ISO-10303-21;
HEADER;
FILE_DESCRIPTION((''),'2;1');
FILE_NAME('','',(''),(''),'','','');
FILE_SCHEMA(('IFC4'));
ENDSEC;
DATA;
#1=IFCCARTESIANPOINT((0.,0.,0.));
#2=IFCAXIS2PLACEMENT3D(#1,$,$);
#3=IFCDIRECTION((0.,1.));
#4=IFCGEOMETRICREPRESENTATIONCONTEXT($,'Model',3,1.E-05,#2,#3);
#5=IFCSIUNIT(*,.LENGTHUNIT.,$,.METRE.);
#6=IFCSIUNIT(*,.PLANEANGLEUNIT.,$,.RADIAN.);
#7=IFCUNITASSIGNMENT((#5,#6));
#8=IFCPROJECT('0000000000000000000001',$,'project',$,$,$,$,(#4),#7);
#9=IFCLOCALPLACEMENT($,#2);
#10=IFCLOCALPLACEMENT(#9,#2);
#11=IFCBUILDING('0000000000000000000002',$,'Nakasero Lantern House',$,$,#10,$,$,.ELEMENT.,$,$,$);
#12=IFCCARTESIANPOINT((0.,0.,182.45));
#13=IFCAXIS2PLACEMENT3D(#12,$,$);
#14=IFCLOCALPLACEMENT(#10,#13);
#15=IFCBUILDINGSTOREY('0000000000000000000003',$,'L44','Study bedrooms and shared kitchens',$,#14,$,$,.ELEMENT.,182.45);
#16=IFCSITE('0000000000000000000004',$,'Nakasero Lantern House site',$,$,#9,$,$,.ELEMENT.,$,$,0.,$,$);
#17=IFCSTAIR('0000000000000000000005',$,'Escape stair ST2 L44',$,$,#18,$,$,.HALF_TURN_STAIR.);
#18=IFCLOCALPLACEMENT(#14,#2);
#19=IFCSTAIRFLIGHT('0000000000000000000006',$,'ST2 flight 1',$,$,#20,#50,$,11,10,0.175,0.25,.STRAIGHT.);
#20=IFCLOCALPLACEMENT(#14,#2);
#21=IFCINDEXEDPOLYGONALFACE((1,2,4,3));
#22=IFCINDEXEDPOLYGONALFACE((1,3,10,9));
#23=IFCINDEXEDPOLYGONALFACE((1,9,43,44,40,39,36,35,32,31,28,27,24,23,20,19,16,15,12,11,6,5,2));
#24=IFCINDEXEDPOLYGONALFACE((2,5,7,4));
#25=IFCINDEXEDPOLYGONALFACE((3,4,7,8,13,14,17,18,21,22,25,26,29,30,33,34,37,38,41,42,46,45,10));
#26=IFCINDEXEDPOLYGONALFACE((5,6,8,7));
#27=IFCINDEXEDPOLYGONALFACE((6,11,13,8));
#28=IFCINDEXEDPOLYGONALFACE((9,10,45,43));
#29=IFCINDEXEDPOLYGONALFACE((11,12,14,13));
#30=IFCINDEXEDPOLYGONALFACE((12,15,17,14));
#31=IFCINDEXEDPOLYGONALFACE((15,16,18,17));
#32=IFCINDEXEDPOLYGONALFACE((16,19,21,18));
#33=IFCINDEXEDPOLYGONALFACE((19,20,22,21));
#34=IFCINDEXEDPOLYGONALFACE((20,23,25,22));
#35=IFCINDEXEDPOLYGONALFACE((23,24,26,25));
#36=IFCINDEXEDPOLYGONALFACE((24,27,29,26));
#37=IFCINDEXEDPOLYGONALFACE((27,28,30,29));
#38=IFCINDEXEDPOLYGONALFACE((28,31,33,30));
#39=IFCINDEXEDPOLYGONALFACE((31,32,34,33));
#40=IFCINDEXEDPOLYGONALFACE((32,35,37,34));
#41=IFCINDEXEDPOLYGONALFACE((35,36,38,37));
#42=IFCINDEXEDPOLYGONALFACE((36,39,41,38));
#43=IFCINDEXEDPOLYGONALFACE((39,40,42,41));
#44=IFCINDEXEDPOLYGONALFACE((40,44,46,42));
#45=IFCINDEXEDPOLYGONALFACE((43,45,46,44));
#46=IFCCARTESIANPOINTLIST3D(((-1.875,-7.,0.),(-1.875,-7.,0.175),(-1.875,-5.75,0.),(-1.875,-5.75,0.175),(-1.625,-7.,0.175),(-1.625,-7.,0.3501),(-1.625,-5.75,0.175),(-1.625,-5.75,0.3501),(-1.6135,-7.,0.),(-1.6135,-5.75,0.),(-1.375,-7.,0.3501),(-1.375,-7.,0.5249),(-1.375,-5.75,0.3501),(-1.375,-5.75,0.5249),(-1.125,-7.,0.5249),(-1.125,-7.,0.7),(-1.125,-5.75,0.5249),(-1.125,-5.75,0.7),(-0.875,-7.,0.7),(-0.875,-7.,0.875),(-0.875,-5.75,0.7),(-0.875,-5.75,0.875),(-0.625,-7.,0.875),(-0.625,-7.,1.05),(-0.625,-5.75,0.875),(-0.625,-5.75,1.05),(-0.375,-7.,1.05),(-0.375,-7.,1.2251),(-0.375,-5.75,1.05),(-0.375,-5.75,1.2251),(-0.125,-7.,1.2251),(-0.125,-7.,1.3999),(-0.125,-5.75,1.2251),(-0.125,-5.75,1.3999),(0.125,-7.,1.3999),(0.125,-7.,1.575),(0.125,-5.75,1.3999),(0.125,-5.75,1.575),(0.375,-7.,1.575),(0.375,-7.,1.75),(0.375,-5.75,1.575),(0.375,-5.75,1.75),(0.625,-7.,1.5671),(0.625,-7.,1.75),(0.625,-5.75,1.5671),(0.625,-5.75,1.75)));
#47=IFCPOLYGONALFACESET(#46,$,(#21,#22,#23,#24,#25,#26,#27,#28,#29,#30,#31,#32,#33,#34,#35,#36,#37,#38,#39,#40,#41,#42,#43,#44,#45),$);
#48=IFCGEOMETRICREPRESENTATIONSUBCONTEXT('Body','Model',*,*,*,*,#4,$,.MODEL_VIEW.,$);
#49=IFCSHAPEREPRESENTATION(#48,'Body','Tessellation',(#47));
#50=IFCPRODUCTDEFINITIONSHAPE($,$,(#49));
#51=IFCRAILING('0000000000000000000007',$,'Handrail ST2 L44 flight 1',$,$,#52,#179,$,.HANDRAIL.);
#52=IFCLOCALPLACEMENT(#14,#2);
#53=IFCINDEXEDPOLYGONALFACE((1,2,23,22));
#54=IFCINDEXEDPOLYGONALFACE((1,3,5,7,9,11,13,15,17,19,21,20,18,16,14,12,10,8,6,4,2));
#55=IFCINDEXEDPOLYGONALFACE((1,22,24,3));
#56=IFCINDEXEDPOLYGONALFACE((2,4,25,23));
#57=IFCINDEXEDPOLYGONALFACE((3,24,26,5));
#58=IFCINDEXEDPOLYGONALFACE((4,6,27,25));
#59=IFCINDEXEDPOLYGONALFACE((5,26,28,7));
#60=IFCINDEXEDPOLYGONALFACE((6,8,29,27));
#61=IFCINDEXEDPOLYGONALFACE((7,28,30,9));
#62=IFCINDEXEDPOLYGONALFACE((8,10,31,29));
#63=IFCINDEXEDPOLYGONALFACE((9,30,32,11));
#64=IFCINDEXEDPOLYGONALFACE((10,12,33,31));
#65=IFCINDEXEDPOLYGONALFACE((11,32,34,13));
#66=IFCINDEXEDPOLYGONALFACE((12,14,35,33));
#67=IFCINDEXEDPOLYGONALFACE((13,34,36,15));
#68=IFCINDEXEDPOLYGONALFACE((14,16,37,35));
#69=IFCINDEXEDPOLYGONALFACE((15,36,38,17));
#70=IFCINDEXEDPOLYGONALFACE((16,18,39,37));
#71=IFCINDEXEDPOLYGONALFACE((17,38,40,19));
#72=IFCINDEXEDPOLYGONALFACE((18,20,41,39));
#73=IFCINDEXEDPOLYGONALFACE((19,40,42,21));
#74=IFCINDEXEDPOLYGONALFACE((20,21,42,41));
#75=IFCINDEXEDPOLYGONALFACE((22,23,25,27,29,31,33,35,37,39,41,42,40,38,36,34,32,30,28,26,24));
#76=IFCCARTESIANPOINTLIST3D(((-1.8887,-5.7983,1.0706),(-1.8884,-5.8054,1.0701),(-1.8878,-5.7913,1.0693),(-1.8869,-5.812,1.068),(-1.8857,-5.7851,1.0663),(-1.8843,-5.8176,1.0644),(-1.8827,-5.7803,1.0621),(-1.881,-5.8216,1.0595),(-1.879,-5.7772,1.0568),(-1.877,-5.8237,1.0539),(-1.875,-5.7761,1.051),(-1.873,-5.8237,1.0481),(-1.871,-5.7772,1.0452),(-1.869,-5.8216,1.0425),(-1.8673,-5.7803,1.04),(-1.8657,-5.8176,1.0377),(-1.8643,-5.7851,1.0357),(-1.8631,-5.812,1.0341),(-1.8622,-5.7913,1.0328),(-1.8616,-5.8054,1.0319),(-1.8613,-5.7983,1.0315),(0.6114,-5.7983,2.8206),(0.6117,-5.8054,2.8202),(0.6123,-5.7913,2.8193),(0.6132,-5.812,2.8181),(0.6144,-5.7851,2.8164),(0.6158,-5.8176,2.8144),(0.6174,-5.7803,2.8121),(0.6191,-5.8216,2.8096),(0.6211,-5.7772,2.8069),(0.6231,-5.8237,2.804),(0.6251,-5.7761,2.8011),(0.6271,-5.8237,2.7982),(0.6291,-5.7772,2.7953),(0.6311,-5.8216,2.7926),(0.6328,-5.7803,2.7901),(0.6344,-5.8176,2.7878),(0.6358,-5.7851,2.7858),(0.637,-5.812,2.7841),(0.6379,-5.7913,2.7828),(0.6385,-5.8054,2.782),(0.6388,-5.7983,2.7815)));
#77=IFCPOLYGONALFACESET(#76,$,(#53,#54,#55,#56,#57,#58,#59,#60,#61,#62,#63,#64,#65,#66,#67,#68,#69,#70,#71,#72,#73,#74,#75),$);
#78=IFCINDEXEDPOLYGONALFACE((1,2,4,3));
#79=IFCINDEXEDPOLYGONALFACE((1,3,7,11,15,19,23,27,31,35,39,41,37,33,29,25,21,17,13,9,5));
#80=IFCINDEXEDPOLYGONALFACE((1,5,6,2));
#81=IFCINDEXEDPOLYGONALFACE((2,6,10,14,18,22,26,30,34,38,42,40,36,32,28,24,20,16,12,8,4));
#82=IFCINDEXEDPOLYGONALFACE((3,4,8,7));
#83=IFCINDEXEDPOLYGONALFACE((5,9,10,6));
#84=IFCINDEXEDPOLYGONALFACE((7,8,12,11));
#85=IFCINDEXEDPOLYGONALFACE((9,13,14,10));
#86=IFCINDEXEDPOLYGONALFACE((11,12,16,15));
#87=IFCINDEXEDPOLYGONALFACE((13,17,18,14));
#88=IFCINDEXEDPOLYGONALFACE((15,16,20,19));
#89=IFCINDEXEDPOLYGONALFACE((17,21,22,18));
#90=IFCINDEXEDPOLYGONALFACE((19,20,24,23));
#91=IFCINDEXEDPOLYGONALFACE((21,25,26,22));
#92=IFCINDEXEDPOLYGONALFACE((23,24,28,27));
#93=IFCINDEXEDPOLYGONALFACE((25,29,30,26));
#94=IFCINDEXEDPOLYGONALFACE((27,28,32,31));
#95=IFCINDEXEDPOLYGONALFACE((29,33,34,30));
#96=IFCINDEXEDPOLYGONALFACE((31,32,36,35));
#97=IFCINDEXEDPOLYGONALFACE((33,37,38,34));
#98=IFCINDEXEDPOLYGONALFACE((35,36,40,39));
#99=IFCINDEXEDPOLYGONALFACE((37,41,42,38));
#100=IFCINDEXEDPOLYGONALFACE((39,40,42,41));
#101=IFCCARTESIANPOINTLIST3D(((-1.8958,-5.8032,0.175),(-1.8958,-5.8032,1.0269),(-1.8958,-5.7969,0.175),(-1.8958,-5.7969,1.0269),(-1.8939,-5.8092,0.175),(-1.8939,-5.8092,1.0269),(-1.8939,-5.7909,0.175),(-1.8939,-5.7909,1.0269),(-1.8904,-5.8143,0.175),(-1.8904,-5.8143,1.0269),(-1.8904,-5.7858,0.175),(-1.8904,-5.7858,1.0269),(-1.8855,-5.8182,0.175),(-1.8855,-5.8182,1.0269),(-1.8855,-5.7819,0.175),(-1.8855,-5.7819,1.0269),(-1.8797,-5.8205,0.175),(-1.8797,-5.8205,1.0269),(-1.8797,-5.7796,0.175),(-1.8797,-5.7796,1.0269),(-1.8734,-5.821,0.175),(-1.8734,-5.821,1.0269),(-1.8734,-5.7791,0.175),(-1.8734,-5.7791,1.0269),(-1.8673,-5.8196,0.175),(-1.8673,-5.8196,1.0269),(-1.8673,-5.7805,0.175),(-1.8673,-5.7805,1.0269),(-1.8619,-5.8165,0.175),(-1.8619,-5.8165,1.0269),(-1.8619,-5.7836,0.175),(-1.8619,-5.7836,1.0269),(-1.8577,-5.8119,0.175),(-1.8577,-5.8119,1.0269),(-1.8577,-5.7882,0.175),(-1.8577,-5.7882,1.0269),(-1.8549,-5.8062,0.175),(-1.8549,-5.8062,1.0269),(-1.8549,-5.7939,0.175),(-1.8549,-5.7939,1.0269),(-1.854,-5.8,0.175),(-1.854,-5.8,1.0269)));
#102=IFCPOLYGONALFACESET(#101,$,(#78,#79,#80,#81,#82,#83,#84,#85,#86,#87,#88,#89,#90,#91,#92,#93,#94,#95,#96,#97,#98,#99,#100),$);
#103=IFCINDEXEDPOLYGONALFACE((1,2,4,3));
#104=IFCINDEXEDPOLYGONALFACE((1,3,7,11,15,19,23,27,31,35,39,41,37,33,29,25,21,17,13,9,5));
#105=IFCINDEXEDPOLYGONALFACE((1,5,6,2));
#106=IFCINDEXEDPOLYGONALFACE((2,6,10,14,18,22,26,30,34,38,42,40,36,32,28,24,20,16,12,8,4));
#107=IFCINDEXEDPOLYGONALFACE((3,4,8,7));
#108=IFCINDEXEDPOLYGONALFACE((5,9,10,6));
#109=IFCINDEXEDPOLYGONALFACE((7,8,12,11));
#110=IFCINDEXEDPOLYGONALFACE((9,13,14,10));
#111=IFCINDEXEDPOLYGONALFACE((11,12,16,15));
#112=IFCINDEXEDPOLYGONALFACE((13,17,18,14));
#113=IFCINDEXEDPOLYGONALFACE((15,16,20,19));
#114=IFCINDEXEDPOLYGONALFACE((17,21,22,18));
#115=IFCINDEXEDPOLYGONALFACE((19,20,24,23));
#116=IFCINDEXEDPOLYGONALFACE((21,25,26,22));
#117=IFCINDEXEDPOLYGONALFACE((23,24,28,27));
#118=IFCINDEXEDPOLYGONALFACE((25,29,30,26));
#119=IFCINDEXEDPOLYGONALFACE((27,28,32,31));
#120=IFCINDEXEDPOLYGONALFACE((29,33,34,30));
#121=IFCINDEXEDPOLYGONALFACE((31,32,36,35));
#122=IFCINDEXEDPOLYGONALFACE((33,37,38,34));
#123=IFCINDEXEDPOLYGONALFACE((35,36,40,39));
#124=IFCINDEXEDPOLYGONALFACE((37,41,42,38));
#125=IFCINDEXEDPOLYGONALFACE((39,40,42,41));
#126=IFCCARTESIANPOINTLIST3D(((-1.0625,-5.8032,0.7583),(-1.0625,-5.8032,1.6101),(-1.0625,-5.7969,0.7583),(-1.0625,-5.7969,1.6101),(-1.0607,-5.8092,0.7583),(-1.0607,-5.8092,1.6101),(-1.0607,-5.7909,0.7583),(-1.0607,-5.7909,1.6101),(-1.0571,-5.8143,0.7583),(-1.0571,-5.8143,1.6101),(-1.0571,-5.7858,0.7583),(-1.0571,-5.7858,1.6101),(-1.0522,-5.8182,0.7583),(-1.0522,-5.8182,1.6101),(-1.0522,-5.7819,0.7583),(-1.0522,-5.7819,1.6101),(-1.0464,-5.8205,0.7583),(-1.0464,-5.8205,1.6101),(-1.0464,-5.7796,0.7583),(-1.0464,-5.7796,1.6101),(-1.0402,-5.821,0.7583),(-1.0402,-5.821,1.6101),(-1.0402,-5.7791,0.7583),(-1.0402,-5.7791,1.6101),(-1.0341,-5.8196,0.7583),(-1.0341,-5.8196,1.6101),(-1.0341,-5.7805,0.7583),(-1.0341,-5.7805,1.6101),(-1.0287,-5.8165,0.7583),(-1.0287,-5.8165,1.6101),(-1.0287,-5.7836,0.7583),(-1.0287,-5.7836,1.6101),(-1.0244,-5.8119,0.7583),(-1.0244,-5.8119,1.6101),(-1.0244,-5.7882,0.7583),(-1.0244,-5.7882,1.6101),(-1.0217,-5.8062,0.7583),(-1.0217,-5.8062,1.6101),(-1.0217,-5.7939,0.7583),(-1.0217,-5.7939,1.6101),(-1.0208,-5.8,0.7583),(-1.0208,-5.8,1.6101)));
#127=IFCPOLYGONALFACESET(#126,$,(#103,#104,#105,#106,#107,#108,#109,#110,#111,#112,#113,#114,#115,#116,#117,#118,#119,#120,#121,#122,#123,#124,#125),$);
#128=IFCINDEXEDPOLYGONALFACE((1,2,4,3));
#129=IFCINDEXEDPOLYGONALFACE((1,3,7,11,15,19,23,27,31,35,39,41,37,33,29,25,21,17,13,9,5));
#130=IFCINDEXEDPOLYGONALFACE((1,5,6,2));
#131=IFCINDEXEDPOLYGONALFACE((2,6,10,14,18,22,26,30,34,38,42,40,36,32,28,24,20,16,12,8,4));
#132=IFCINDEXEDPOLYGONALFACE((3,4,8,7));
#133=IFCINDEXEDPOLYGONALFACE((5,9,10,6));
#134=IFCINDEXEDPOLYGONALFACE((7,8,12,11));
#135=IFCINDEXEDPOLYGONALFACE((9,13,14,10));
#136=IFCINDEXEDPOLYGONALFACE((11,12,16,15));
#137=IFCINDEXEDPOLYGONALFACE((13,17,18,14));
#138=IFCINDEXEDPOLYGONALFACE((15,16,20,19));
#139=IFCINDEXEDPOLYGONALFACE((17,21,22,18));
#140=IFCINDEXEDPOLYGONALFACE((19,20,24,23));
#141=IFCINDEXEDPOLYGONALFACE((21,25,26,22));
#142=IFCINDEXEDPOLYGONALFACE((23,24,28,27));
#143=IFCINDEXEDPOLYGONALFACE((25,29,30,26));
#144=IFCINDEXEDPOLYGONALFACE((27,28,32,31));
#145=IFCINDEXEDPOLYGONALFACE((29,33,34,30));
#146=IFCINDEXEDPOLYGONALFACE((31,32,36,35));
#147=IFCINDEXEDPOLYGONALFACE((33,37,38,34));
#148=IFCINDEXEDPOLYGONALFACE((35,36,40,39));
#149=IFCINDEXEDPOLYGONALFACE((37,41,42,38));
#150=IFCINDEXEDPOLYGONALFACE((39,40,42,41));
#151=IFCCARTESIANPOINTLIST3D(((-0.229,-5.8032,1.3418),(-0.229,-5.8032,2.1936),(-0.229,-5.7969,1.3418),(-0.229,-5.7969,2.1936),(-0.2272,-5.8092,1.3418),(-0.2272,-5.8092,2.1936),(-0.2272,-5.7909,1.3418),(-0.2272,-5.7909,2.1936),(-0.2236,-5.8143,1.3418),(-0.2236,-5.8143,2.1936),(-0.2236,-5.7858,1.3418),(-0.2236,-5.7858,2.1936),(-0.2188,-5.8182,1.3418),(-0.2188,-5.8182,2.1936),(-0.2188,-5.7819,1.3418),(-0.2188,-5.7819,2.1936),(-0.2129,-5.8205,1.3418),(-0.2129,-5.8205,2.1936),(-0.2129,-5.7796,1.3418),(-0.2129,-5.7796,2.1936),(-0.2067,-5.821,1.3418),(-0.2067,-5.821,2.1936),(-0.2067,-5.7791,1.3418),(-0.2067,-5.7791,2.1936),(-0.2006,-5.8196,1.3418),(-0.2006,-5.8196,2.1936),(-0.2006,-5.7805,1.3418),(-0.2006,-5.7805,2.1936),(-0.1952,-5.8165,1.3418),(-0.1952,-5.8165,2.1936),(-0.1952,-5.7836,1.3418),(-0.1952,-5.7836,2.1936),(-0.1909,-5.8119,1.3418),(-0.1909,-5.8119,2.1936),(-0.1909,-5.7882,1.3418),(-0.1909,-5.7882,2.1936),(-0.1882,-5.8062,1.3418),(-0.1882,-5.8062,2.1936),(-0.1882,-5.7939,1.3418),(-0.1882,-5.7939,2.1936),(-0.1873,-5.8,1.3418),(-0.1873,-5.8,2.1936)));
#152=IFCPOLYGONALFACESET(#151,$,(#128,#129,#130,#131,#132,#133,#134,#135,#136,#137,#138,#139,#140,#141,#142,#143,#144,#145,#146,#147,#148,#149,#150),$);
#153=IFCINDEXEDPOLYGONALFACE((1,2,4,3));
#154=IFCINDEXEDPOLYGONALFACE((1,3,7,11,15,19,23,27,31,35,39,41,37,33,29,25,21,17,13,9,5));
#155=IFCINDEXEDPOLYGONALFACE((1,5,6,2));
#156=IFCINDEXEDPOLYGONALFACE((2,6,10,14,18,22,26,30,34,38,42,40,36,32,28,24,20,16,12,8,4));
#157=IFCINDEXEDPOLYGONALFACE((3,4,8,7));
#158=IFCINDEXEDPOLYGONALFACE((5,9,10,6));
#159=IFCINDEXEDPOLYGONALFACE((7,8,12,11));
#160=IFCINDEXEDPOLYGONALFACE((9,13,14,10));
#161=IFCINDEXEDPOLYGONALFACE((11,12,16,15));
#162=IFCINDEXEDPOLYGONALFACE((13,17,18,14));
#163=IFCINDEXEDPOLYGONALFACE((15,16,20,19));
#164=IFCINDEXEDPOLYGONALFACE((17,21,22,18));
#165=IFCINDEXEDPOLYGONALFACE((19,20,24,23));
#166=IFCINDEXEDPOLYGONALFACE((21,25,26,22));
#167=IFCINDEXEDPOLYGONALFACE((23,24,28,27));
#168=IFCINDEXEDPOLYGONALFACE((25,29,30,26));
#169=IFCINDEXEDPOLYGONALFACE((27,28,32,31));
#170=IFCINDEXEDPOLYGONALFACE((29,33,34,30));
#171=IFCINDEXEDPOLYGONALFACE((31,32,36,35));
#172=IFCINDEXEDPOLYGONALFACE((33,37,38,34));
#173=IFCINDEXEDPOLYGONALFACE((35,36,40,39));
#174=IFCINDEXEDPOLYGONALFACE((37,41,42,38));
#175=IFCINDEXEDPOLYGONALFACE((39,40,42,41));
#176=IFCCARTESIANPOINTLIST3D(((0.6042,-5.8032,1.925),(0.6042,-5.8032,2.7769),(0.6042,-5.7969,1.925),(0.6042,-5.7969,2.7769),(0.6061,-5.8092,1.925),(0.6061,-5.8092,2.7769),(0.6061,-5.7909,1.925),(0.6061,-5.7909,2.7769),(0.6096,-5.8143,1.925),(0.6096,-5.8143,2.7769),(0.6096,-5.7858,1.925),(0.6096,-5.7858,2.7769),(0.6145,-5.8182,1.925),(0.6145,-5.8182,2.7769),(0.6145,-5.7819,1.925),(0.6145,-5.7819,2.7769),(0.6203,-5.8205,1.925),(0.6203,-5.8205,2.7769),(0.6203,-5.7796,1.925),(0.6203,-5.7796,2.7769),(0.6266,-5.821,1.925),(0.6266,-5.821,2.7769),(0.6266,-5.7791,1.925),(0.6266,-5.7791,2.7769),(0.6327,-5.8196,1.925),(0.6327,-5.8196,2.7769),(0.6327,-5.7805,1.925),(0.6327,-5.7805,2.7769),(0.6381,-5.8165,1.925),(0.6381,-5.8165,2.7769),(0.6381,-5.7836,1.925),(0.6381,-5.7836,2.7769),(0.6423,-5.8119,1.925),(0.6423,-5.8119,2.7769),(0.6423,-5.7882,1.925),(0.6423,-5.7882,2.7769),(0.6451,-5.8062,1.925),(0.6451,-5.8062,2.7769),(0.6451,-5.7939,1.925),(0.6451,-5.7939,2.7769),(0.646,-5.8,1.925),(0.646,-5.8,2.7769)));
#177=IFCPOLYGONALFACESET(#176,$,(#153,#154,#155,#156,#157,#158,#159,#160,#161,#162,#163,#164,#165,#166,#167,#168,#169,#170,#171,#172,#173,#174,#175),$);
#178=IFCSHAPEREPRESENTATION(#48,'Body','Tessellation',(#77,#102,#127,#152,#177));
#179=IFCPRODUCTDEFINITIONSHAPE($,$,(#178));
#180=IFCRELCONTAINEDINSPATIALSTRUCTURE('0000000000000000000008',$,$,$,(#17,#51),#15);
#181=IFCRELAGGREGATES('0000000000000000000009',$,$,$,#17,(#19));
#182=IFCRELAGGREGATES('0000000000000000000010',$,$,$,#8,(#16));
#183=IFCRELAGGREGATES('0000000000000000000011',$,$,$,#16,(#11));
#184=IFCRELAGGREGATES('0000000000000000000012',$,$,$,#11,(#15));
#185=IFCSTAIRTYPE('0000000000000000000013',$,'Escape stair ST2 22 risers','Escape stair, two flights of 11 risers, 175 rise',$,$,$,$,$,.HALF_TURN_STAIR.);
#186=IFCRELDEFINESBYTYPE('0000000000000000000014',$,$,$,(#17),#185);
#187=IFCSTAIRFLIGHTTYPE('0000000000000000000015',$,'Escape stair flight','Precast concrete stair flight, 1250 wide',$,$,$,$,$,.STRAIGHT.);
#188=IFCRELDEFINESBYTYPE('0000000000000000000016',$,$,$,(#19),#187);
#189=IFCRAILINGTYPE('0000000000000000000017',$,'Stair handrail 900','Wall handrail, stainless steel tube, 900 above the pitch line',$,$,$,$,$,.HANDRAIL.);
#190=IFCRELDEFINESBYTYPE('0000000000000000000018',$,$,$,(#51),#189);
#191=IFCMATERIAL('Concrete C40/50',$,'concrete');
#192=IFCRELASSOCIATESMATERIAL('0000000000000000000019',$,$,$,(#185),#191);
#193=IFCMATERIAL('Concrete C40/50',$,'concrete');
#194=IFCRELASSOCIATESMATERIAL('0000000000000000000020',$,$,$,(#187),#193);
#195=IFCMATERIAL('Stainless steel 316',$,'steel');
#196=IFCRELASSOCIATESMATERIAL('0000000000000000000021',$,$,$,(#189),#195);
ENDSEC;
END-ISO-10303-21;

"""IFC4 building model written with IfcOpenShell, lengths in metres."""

from ifc_helpers import new_model, si_unit, direction, frame, origin, origin_2d, place, context, subcontext, project, spatial, polyline, circle, outline, extrude, material, type_object, element, aggregate, save


model = new_model("IFC4")

# Units and contexts
model_context = context("Model", 3, precision=1e-05, world=origin(), true_north=direction((0.0, 1.0)))
body_context = subcontext(model_context, "Body", "Model", "MODEL_VIEW")
ifc_project = project(units=[si_unit("LENGTHUNIT", "METRE"), si_unit("PLANEANGLEUNIT", "RADIAN")], contexts=[model_context])

# Site, building, storey
site_placement = place(None, origin())
site = spatial("IfcSite", under=ifc_project, at=site_placement, Name="Nakasero Lantern House site", CompositionType="ELEMENT", RefElevation=0.0)
building_placement = place(site_placement, origin())
building = spatial("IfcBuilding", under=site, at=building_placement, Name="Nakasero Lantern House", CompositionType="ELEMENT")
storey_placement = place(building_placement, frame((0.0, 0.0, 182.45)))
storey = spatial("IfcBuildingStorey", under=building, at=storey_placement, Name="L44", Description="Study bedrooms and shared kitchens", CompositionType="ELEMENT", Elevation=182.45)

# Stair, stair flight
ifc_material_1 = material(Name="Concrete C40/50", Category="concrete")
stair_type = type_object("IfcStairType", Name="Escape stair ST2 22 risers", Description="Escape stair, two flights of 11 risers, 175 rise", PredefinedType="HALF_TURN_STAIR", material=ifc_material_1)
stair_placement = place(storey_placement, origin())
stair = element("IfcStair", 1, at=stair_placement, inside=storey, type_object=stair_type, Name="Escape stair ST2 L44", PredefinedType="HALF_TURN_STAIR")
ifc_material_2 = material(Name="Concrete C40/50", Category="concrete")
stair_flight_type = type_object("IfcStairFlightType", Name="Escape stair flight", Description="Precast concrete stair flight, 1250 wide", PredefinedType="STRAIGHT", material=ifc_material_2)
stair_flight_placement = place(storey_placement, frame((-1.875, -6.375, 0.0), z_axis=(0.0, 0.0, 1.0), x_axis=(1.0, 0.0, 0.0)))
stair_flight = element("IfcStairFlight", 2, at=stair_flight_placement, type_object=stair_flight_type, Name="ST2 flight 1", NumberOfRisers=11, NumberOfTreads=10, PredefinedType="STRAIGHT", RiserHeight=0.175, TreadLength=0.25, context=body_context, shape_type="SweptSolid", body=[
    extrude(outline(polyline([(0.0, 0.0), (0.0, 0.175), (0.25, 0.175), (0.25, 0.3501), (0.5, 0.3501), (0.5, 0.5249), (0.75, 0.5249), (0.75, 0.7), (1.0, 0.7), (1.0, 0.875), (1.25, 0.875), (1.25, 1.05), (1.5, 1.05), (1.5, 1.2251), (1.75, 1.2251), (1.75, 1.3999), (2.0, 1.3999), (2.0, 1.575), (2.25, 1.575), (2.25, 1.75), (2.5, 1.75), (2.5, 1.925), (2.5, 1.5671), (0.2615, 0.0), (0.0, 0.0)])), frame((0.0, 0.625, 0.0), z_axis=(0.0, -1.0, 0.0), x_axis=(1.0, 0.0, 0.0)), (0.0, 0.0, 1.0), 1.25),
])
aggregate(stair, [stair_flight])

# Railing
ifc_material_3 = material(Name="Stainless steel 316", Category="steel")
railing_type = type_object("IfcRailingType", Name="Stair handrail 900", Description="Wall handrail, stainless steel tube, 900 above the pitch line", PredefinedType="HANDRAIL", material=ifc_material_3)
railing_placement = place(storey_placement, frame((-1.875, -5.8, 0.175)))
element("IfcRailing", 3, at=railing_placement, inside=storey, type_object=railing_type, Name="Handrail ST2 L44 flight 1", PredefinedType="HANDRAIL", context=body_context, shape_type="SweptSolid", body=[
    extrude(circle(Radius=0.0239, at=origin_2d()), frame((0.0, 0.0, 0.876), z_axis=(0.819232, 0.0, 0.573462), x_axis=(0.0, 1.0, 0.0)), (0.0, 0.0, 1.0), 3.0518),
    extrude(circle(Radius=0.021, at=origin_2d()), origin(), (0.0, 0.0, 1.0), 0.8518),
    extrude(circle(Radius=0.021, at=origin_2d()), frame((0.8333, 0.0, 0.5833)), (0.0, 0.0, 1.0), 0.8518),
    extrude(circle(Radius=0.021, at=origin_2d()), frame((1.6667, 0.0, 1.1667)), (0.0, 0.0, 1.0), 0.8518),
    extrude(circle(Radius=0.021, at=origin_2d()), frame((2.5, 0.0, 1.75)), (0.0, 0.0, 1.0), 0.8518),
])

save(model, "model.ifc")
